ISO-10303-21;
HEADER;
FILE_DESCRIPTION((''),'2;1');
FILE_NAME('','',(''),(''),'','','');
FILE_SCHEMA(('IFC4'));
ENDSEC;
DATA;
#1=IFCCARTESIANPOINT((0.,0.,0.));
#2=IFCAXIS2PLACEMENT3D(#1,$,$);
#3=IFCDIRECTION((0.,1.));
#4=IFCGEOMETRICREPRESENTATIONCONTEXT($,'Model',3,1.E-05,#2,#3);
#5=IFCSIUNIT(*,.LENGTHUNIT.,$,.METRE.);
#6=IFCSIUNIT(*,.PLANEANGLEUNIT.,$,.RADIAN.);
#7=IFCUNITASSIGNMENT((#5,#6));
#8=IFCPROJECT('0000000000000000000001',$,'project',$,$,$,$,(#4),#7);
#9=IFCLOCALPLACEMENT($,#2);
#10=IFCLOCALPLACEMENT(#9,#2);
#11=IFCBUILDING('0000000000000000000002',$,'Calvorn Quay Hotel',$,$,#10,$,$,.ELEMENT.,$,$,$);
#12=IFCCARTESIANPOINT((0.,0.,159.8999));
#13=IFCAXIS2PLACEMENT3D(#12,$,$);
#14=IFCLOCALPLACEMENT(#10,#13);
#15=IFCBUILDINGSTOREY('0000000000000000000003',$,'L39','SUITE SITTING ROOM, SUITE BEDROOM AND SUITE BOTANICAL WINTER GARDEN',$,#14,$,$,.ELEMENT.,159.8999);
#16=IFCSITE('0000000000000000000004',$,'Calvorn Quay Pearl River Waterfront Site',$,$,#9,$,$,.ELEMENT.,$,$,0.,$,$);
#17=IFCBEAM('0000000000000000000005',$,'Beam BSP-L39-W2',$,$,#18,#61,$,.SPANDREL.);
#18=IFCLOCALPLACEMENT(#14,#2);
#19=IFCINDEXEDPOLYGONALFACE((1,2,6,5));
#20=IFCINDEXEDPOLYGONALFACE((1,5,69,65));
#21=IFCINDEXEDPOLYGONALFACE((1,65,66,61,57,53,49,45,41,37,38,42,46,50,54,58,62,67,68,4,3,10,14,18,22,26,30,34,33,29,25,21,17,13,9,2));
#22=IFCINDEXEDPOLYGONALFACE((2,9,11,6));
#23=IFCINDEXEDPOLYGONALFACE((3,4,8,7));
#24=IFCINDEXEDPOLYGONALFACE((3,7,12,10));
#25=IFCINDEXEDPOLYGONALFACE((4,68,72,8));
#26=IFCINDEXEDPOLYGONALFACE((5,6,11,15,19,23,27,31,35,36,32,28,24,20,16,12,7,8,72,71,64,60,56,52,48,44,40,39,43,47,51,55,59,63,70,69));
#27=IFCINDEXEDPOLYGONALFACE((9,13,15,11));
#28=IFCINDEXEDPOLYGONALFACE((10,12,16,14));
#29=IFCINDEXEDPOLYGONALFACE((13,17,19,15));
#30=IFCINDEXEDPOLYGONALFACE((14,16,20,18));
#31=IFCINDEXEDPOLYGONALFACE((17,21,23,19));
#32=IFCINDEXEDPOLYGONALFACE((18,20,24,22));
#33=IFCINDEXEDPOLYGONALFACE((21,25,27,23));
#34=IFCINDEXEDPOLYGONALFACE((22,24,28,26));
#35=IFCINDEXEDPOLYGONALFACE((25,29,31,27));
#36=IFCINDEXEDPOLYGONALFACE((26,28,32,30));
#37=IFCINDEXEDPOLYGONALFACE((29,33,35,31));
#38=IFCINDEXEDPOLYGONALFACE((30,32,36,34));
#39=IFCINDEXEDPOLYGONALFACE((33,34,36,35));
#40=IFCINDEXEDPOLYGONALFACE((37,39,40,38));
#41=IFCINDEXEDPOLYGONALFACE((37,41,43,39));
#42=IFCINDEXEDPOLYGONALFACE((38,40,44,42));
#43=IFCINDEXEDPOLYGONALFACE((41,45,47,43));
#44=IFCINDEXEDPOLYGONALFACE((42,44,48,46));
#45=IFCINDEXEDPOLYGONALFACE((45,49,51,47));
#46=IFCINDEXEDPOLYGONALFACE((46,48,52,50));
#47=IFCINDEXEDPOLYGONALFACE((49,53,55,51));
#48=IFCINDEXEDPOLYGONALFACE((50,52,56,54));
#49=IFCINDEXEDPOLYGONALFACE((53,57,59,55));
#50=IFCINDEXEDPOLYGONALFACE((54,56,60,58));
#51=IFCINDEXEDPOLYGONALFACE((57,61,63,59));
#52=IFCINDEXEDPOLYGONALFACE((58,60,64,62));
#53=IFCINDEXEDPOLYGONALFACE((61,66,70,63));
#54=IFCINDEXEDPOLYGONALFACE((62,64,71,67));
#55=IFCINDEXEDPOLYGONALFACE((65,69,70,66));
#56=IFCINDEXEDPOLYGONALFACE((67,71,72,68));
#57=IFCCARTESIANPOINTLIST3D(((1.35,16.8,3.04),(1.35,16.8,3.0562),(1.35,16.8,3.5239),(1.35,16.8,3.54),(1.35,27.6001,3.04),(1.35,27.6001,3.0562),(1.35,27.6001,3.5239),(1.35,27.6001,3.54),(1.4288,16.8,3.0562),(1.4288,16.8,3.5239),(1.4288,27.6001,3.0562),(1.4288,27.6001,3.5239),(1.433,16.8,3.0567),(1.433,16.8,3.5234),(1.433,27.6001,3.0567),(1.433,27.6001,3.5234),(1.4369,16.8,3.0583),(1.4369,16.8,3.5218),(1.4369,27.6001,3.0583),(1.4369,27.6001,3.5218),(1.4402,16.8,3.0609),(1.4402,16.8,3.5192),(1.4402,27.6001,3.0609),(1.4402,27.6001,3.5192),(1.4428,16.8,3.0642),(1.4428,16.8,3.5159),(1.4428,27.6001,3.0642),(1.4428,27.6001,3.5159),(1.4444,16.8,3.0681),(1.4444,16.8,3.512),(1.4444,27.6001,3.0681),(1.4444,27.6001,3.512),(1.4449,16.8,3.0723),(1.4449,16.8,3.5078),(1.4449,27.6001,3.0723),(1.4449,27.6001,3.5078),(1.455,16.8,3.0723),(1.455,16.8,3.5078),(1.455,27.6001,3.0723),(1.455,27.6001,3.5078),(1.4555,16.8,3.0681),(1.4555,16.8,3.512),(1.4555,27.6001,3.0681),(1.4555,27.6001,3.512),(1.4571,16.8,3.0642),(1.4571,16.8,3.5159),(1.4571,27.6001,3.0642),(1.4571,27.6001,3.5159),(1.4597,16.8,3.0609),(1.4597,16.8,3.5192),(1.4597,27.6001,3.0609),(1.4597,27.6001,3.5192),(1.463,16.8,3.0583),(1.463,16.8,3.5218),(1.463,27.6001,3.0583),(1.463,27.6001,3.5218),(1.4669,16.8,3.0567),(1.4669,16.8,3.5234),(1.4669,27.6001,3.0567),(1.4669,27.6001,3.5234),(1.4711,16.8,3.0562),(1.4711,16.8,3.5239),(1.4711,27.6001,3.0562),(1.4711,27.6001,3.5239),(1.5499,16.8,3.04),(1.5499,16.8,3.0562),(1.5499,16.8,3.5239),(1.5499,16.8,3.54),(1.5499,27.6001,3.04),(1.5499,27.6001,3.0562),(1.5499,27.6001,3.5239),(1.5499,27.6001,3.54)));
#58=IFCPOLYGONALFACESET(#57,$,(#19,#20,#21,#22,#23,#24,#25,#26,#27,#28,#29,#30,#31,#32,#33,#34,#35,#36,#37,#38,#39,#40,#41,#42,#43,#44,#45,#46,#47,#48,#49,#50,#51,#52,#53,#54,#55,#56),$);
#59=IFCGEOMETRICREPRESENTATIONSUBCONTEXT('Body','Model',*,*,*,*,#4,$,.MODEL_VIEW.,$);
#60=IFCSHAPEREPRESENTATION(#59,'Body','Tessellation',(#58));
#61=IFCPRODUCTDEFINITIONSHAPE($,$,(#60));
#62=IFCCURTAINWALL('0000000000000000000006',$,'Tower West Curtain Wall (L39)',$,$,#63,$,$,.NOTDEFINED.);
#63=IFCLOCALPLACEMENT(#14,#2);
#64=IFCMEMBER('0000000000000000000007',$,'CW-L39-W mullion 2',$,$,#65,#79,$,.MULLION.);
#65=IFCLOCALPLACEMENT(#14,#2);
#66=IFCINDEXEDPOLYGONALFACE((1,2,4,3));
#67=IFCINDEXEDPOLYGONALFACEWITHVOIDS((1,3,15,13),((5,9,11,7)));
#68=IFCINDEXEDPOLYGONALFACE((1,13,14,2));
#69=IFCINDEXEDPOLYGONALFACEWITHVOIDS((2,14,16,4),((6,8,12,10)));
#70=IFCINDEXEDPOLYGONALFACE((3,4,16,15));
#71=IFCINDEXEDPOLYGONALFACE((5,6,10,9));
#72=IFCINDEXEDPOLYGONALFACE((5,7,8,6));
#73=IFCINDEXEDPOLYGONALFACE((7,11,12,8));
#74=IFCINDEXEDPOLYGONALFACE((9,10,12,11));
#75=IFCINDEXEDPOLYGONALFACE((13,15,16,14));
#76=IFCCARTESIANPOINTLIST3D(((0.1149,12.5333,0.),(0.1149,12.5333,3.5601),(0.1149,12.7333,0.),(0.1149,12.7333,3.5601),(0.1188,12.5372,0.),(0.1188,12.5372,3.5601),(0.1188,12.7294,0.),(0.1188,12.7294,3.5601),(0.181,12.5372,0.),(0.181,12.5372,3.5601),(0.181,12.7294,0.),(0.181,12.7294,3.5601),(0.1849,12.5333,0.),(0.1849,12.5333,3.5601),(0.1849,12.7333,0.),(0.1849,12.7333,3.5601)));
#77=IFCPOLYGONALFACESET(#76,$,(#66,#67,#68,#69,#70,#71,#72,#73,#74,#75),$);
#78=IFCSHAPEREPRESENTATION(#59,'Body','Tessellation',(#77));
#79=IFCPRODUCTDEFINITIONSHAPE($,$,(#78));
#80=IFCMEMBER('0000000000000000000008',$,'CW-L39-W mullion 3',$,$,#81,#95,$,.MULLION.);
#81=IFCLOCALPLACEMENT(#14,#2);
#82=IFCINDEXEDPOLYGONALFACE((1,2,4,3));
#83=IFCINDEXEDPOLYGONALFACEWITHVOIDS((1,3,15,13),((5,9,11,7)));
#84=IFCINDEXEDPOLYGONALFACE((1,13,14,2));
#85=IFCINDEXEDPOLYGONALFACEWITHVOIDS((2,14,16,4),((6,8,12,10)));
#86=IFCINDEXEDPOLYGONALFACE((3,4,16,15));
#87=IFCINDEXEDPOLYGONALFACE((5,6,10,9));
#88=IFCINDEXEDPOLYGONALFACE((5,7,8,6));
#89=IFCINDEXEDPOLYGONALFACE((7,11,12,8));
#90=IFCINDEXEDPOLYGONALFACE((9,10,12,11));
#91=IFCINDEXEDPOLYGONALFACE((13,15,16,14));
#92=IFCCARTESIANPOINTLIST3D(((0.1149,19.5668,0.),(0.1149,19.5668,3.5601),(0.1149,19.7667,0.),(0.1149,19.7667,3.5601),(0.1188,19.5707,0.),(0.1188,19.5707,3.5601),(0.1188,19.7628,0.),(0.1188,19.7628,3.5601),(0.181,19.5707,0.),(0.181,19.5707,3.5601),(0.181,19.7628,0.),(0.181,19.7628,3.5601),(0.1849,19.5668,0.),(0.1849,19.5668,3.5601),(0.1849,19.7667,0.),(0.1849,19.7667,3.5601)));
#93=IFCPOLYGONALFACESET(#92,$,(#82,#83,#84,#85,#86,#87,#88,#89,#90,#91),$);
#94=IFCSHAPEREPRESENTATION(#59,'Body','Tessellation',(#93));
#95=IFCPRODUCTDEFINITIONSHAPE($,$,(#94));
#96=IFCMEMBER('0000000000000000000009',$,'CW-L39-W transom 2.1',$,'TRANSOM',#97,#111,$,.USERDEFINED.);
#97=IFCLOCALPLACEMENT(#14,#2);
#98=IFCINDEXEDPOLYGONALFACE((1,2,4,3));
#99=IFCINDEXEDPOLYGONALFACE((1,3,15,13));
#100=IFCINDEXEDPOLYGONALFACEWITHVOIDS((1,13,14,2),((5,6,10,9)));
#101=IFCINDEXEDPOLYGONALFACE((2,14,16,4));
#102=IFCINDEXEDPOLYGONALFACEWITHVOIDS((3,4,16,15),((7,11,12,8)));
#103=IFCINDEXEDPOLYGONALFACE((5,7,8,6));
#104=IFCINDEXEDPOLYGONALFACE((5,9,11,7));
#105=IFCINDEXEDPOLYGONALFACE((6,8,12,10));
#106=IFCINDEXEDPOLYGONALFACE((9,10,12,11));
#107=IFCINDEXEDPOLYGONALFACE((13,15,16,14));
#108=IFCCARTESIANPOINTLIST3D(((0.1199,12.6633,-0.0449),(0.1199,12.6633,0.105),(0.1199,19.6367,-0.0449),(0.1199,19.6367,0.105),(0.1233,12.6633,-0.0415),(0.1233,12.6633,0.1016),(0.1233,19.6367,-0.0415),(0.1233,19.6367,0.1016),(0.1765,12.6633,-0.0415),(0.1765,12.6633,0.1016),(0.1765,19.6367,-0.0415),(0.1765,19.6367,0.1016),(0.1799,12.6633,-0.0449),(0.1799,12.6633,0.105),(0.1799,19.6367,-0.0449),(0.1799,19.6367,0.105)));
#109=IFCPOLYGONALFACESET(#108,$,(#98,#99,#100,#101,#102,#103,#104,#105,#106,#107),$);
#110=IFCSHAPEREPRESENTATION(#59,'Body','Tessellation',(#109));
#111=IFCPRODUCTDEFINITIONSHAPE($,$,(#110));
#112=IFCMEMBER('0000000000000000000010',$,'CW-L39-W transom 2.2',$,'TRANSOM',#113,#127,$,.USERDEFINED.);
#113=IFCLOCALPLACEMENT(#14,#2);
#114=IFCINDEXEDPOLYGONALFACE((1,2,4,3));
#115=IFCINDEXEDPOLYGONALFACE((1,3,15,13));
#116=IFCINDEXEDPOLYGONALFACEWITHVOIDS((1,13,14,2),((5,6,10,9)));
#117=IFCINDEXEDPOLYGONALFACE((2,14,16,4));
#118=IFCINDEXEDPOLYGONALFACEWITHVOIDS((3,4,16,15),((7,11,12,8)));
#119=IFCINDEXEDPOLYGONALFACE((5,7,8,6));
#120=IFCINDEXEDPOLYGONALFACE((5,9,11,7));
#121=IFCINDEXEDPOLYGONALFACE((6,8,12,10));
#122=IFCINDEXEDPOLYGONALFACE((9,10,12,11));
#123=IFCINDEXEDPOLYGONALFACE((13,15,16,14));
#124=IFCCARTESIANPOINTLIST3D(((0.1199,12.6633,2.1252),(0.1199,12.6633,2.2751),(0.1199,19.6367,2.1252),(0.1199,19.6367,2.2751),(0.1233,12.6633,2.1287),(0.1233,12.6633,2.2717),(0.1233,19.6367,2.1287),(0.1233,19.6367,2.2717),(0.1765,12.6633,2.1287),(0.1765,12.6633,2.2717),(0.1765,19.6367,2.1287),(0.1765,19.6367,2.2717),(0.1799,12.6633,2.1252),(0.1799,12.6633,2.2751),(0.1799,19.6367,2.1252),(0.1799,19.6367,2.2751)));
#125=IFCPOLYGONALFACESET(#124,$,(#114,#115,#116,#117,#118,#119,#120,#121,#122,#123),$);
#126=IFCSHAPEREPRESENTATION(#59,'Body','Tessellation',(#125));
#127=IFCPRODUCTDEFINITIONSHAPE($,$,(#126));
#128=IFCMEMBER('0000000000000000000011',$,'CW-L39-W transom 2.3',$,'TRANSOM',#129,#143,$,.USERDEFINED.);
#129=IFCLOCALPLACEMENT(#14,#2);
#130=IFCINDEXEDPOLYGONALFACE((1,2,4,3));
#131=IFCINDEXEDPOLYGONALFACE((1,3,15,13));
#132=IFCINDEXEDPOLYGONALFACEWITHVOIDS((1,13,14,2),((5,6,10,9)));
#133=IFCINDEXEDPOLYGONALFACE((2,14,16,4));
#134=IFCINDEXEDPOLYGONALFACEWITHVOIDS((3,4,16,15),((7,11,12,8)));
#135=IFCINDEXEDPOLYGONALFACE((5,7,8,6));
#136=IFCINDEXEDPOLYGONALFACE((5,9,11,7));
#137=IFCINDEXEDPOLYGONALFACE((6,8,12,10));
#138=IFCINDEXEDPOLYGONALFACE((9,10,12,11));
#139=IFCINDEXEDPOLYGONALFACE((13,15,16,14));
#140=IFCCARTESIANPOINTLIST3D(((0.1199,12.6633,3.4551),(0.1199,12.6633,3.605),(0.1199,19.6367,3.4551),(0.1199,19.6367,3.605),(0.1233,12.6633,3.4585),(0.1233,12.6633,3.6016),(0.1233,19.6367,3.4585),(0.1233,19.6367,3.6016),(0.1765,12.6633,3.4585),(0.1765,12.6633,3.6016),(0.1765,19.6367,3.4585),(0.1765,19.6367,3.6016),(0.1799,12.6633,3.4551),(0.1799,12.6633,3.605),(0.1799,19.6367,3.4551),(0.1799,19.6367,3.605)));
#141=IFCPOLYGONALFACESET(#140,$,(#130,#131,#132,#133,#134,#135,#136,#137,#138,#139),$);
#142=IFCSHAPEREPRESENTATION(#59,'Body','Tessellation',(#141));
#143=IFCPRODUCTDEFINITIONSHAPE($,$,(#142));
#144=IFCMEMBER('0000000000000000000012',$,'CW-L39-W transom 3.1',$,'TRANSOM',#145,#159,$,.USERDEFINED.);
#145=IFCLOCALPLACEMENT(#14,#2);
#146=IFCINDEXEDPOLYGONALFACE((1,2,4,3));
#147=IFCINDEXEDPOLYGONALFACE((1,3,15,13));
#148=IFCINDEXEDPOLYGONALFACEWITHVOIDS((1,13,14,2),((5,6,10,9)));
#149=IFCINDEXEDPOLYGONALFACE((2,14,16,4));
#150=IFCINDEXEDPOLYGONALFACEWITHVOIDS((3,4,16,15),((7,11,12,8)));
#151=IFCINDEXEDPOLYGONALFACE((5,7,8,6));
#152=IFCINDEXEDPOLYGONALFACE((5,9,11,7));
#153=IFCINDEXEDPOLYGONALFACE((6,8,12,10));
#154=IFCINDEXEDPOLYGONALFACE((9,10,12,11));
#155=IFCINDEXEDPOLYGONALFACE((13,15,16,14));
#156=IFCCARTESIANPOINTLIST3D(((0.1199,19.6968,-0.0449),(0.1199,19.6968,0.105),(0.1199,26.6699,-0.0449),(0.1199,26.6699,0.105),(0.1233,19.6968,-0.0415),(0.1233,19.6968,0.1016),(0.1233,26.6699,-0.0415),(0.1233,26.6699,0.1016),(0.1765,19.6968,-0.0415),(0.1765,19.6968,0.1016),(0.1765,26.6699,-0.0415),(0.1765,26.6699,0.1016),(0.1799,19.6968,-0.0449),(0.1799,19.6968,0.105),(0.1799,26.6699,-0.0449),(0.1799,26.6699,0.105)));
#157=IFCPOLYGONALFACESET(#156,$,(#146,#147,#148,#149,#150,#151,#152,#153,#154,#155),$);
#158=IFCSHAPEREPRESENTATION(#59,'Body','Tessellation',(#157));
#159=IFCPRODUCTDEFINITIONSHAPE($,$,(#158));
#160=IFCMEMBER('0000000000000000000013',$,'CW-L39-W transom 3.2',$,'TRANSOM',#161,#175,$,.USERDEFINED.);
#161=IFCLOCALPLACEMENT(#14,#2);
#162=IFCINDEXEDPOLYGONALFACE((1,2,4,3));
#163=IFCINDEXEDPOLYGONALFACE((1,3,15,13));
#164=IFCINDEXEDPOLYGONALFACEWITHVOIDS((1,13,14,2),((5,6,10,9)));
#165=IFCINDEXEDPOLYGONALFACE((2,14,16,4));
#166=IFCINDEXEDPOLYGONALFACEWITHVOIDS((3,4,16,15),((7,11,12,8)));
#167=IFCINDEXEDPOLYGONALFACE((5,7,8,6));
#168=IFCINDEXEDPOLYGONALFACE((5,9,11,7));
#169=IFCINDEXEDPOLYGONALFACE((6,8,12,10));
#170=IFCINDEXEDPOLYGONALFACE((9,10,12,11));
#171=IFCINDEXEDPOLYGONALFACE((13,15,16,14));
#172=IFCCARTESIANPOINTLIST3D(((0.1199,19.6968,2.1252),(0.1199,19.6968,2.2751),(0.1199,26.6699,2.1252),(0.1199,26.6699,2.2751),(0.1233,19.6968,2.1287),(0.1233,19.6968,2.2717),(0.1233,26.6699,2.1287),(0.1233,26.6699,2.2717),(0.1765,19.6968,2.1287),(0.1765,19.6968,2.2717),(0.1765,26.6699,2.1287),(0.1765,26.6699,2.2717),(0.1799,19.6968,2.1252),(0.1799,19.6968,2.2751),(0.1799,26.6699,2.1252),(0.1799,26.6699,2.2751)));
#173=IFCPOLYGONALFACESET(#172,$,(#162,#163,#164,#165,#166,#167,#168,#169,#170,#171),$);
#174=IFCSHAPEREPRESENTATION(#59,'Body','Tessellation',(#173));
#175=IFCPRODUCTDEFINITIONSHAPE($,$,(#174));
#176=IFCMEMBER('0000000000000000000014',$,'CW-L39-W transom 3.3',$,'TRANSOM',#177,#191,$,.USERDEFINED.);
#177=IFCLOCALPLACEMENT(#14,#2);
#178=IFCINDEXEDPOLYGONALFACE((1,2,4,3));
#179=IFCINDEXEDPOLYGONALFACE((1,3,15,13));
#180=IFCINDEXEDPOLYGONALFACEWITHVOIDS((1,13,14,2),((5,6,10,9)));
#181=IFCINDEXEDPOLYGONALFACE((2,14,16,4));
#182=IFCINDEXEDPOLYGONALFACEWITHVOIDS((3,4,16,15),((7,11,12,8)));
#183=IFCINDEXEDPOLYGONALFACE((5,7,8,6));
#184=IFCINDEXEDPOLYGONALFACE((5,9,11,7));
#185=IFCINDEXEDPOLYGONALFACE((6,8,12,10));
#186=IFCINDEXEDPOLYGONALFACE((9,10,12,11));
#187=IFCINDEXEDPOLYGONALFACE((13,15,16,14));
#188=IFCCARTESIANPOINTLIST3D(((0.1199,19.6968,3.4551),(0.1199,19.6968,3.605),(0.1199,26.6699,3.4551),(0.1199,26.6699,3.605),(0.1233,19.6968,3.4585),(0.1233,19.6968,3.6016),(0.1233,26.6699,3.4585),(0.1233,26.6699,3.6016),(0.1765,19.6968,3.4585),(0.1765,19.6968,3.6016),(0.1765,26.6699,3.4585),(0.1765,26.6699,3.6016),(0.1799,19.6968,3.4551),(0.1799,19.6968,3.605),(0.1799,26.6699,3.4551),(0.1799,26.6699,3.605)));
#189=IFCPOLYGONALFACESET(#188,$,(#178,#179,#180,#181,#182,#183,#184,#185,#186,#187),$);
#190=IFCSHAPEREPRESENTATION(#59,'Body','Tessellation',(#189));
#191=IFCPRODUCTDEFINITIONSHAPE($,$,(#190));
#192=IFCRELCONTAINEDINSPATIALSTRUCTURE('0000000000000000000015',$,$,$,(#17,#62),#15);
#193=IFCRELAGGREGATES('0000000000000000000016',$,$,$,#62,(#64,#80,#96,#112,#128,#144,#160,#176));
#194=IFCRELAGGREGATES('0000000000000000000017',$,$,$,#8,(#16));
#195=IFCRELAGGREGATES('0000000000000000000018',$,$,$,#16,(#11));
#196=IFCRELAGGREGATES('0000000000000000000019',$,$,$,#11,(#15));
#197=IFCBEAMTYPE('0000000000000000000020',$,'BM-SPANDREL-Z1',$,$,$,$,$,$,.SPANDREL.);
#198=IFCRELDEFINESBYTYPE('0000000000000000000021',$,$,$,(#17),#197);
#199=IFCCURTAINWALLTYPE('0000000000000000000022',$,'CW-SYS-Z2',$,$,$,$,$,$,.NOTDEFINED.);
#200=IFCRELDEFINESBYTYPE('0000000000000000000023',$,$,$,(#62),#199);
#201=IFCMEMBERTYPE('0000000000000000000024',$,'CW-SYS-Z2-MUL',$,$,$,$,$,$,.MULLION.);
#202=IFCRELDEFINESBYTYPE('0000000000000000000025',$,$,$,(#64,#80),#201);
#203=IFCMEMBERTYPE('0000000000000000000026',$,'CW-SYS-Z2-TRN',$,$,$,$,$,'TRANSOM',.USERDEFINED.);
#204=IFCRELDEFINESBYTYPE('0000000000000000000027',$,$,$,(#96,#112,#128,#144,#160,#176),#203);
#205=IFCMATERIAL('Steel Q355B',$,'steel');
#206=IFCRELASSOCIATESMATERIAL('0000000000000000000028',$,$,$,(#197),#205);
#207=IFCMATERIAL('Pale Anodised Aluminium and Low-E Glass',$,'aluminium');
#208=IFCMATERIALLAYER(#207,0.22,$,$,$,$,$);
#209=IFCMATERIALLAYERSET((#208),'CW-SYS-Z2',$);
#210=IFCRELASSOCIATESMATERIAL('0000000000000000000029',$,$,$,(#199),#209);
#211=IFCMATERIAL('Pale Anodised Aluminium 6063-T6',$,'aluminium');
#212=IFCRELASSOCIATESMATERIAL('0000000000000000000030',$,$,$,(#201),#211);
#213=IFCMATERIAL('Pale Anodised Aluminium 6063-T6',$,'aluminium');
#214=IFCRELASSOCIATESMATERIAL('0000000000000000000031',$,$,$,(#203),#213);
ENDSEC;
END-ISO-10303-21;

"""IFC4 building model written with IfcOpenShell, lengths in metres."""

from ifc_helpers import new_model, si_unit, direction, frame, origin, origin_2d, place, context, subcontext, project, spatial, hollow_rectangle, i_section, extrude, material, layer, layer_set, material_profile, profile_set, type_object, element, aggregate, save


model = new_model("IFC4")

# Units and contexts
model_context = context("Model", 3, precision=1e-05, world=origin(), true_north=direction((0.0, 1.0)))
body_context = subcontext(model_context, "Body", "Model", "MODEL_VIEW")
ifc_project = project(units=[si_unit("LENGTHUNIT", "METRE"), si_unit("PLANEANGLEUNIT", "RADIAN")], contexts=[model_context])

# Site, building, storey
site_placement = place(None, origin())
site = spatial("IfcSite", under=ifc_project, at=site_placement, Name="Calvorn Quay Pearl River Waterfront Site", CompositionType="ELEMENT", RefElevation=0.0)
building_placement = place(site_placement, origin())
building = spatial("IfcBuilding", under=site, at=building_placement, Name="Calvorn Quay Hotel", CompositionType="ELEMENT")
storey_placement = place(building_placement, frame((0.0, 0.0, 159.8999)))
storey = spatial("IfcBuildingStorey", under=building, at=storey_placement, Name="L39", Description="SUITE SITTING ROOM, SUITE BEDROOM AND SUITE BOTANICAL WINTER GARDEN", CompositionType="ELEMENT", Elevation=159.8999)

# Beam
ifc_material_1 = material(Name="Steel Q355B", Category="steel")
ifc_material_profile_1 = material_profile(ifc_material_1, i_section(OverallWidth=0.2, OverallDepth=0.5, WebThickness=0.01, FlangeThickness=0.0161, FilletRadius=0.0161, at=origin_2d()), Name="HN500x200x10x16")
ifc_profile_set_1 = profile_set([ifc_material_profile_1], Name="Steel Q355B")
beam_type_1 = type_object("IfcBeamType", Name="BM-SPANDREL-Z1", PredefinedType="SPANDREL", material=ifc_profile_set_1)
beam_1_placement = place(storey_placement, frame((1.45, 16.8, 3.29), z_axis=(0.0, 1.0, 0.0), x_axis=(-1.0, 0.0, 0.0)))
element("IfcBeam", 1, at=beam_1_placement, inside=storey, type_object=beam_type_1, Name="Beam BSP-L39-W2", PredefinedType="SPANDREL", context=body_context, shape_type="SweptSolid", body=[
    extrude(i_section(OverallWidth=0.2, OverallDepth=0.5, WebThickness=0.01, FlangeThickness=0.0161, FilletRadius=0.0161, at=origin_2d()), origin(), (0.0, 0.0, 1.0), 10.8),
])

# Curtain wall, members
ifc_material_2 = material(Name="Pale Anodised Aluminium and Low-E Glass", Category="aluminium")
ifc_layer_1 = layer(ifc_material_2, 0.22)
ifc_layer_set_1 = layer_set([ifc_layer_1], Name="CW-SYS-Z2")
curtain_wall_type = type_object("IfcCurtainWallType", Name="CW-SYS-Z2", PredefinedType="NOTDEFINED", material=ifc_layer_set_1)
curtain_wall_placement = place(storey_placement, origin())
curtain_wall = element("IfcCurtainWall", 2, at=curtain_wall_placement, inside=storey, type_object=curtain_wall_type, Name="Tower West Curtain Wall (L39)", PredefinedType="NOTDEFINED")
ifc_material_3 = material(Name="Pale Anodised Aluminium 6063-T6", Category="aluminium")
ifc_material_profile_2 = material_profile(ifc_material_3, hollow_rectangle(XDim=0.0701, YDim=0.2, WallThickness=0.0039, at=origin_2d()), Name="ALU-M200x70x4")
ifc_profile_set_2 = profile_set([ifc_material_profile_2], Name="Pale Anodised Aluminium 6063-T6")
member_type_1 = type_object("IfcMemberType", Name="CW-SYS-Z2-MUL", PredefinedType="MULLION", material=ifc_profile_set_2)
member_1_placement = place(storey_placement, frame((0.1499, 12.6333, 0.0), z_axis=(0.0, 0.0, 1.0), x_axis=(-1.0, 0.0, 0.0)))
member_1 = element("IfcMember", 3, at=member_1_placement, type_object=member_type_1, Name="CW-L39-W mullion 2", PredefinedType="MULLION", context=body_context, shape_type="SweptSolid", body=[
    extrude(hollow_rectangle(XDim=0.0701, YDim=0.2, WallThickness=0.0039, at=origin_2d()), origin(), (0.0, 0.0, 1.0), 3.5601),
])
member_2_placement = place(storey_placement, frame((0.1499, 19.6667, 0.0), z_axis=(0.0, 0.0, 1.0), x_axis=(-1.0, 0.0, 0.0)))
member_2 = element("IfcMember", 4, at=member_2_placement, type_object=member_type_1, Name="CW-L39-W mullion 3", PredefinedType="MULLION", context=body_context, shape_type="SweptSolid", body=[
    extrude(hollow_rectangle(XDim=0.0701, YDim=0.2, WallThickness=0.0039, at=origin_2d()), origin(), (0.0, 0.0, 1.0), 3.5601),
])
ifc_material_4 = material(Name="Pale Anodised Aluminium 6063-T6", Category="aluminium")
ifc_material_profile_3 = material_profile(ifc_material_4, hollow_rectangle(XDim=0.0601, YDim=0.1499, WallThickness=0.0034, at=origin_2d()), Name="ALU-T150x60x3.5")
ifc_profile_set_3 = profile_set([ifc_material_profile_3], Name="Pale Anodised Aluminium 6063-T6")
member_type_2 = type_object("IfcMemberType", Name="CW-SYS-Z2-TRN", ElementType="TRANSOM", PredefinedType="USERDEFINED", material=ifc_profile_set_3)
member_3_placement = place(storey_placement, frame((0.1499, 12.6633, 0.03), z_axis=(0.0, 1.0, 0.0), x_axis=(-1.0, 0.0, 0.0)))
member_3 = element("IfcMember", 5, at=member_3_placement, type_object=member_type_2, Name="CW-L39-W transom 2.1", ObjectType="TRANSOM", PredefinedType="USERDEFINED", context=body_context, shape_type="SweptSolid", body=[
    extrude(hollow_rectangle(XDim=0.0601, YDim=0.1499, WallThickness=0.0034, at=origin_2d()), origin(), (0.0, 0.0, 1.0), 6.9734),
])
member_4_placement = place(storey_placement, frame((0.1499, 12.6633, 2.2002), z_axis=(0.0, 1.0, 0.0), x_axis=(-1.0, 0.0, 0.0)))
member_4 = element("IfcMember", 6, at=member_4_placement, type_object=member_type_2, Name="CW-L39-W transom 2.2", ObjectType="TRANSOM", PredefinedType="USERDEFINED", context=body_context, shape_type="SweptSolid", body=[
    extrude(hollow_rectangle(XDim=0.0601, YDim=0.1499, WallThickness=0.0034, at=origin_2d()), origin(), (0.0, 0.0, 1.0), 6.9734),
])
member_5_placement = place(storey_placement, frame((0.1499, 12.6633, 3.53), z_axis=(0.0, 1.0, 0.0), x_axis=(-1.0, 0.0, 0.0)))
member_5 = element("IfcMember", 7, at=member_5_placement, type_object=member_type_2, Name="CW-L39-W transom 2.3", ObjectType="TRANSOM", PredefinedType="USERDEFINED", context=body_context, shape_type="SweptSolid", body=[
    extrude(hollow_rectangle(XDim=0.0601, YDim=0.1499, WallThickness=0.0034, at=origin_2d()), origin(), (0.0, 0.0, 1.0), 6.9734),
])
member_6_placement = place(storey_placement, frame((0.1499, 19.6968, 0.03), z_axis=(0.0, 1.0, 0.0), x_axis=(-1.0, 0.0, 0.0)))
member_6 = element("IfcMember", 8, at=member_6_placement, type_object=member_type_2, Name="CW-L39-W transom 3.1", ObjectType="TRANSOM", PredefinedType="USERDEFINED", context=body_context, shape_type="SweptSolid", body=[
    extrude(hollow_rectangle(XDim=0.0601, YDim=0.1499, WallThickness=0.0034, at=origin_2d()), origin(), (0.0, 0.0, 1.0), 6.9731),
])
member_7_placement = place(storey_placement, frame((0.1499, 19.6968, 2.2002), z_axis=(0.0, 1.0, 0.0), x_axis=(-1.0, 0.0, 0.0)))
member_7 = element("IfcMember", 9, at=member_7_placement, type_object=member_type_2, Name="CW-L39-W transom 3.2", ObjectType="TRANSOM", PredefinedType="USERDEFINED", context=body_context, shape_type="SweptSolid", body=[
    extrude(hollow_rectangle(XDim=0.0601, YDim=0.1499, WallThickness=0.0034, at=origin_2d()), origin(), (0.0, 0.0, 1.0), 6.9731),
])
member_8_placement = place(storey_placement, frame((0.1499, 19.6968, 3.53), z_axis=(0.0, 1.0, 0.0), x_axis=(-1.0, 0.0, 0.0)))
member_8 = element("IfcMember", 10, at=member_8_placement, type_object=member_type_2, Name="CW-L39-W transom 3.3", ObjectType="TRANSOM", PredefinedType="USERDEFINED", context=body_context, shape_type="SweptSolid", body=[
    extrude(hollow_rectangle(XDim=0.0601, YDim=0.1499, WallThickness=0.0034, at=origin_2d()), origin(), (0.0, 0.0, 1.0), 6.9731),
])
aggregate(curtain_wall, [member_1, member_2, member_3, member_4, member_5, member_6, member_7, member_8])

save(model, "model.ifc")
